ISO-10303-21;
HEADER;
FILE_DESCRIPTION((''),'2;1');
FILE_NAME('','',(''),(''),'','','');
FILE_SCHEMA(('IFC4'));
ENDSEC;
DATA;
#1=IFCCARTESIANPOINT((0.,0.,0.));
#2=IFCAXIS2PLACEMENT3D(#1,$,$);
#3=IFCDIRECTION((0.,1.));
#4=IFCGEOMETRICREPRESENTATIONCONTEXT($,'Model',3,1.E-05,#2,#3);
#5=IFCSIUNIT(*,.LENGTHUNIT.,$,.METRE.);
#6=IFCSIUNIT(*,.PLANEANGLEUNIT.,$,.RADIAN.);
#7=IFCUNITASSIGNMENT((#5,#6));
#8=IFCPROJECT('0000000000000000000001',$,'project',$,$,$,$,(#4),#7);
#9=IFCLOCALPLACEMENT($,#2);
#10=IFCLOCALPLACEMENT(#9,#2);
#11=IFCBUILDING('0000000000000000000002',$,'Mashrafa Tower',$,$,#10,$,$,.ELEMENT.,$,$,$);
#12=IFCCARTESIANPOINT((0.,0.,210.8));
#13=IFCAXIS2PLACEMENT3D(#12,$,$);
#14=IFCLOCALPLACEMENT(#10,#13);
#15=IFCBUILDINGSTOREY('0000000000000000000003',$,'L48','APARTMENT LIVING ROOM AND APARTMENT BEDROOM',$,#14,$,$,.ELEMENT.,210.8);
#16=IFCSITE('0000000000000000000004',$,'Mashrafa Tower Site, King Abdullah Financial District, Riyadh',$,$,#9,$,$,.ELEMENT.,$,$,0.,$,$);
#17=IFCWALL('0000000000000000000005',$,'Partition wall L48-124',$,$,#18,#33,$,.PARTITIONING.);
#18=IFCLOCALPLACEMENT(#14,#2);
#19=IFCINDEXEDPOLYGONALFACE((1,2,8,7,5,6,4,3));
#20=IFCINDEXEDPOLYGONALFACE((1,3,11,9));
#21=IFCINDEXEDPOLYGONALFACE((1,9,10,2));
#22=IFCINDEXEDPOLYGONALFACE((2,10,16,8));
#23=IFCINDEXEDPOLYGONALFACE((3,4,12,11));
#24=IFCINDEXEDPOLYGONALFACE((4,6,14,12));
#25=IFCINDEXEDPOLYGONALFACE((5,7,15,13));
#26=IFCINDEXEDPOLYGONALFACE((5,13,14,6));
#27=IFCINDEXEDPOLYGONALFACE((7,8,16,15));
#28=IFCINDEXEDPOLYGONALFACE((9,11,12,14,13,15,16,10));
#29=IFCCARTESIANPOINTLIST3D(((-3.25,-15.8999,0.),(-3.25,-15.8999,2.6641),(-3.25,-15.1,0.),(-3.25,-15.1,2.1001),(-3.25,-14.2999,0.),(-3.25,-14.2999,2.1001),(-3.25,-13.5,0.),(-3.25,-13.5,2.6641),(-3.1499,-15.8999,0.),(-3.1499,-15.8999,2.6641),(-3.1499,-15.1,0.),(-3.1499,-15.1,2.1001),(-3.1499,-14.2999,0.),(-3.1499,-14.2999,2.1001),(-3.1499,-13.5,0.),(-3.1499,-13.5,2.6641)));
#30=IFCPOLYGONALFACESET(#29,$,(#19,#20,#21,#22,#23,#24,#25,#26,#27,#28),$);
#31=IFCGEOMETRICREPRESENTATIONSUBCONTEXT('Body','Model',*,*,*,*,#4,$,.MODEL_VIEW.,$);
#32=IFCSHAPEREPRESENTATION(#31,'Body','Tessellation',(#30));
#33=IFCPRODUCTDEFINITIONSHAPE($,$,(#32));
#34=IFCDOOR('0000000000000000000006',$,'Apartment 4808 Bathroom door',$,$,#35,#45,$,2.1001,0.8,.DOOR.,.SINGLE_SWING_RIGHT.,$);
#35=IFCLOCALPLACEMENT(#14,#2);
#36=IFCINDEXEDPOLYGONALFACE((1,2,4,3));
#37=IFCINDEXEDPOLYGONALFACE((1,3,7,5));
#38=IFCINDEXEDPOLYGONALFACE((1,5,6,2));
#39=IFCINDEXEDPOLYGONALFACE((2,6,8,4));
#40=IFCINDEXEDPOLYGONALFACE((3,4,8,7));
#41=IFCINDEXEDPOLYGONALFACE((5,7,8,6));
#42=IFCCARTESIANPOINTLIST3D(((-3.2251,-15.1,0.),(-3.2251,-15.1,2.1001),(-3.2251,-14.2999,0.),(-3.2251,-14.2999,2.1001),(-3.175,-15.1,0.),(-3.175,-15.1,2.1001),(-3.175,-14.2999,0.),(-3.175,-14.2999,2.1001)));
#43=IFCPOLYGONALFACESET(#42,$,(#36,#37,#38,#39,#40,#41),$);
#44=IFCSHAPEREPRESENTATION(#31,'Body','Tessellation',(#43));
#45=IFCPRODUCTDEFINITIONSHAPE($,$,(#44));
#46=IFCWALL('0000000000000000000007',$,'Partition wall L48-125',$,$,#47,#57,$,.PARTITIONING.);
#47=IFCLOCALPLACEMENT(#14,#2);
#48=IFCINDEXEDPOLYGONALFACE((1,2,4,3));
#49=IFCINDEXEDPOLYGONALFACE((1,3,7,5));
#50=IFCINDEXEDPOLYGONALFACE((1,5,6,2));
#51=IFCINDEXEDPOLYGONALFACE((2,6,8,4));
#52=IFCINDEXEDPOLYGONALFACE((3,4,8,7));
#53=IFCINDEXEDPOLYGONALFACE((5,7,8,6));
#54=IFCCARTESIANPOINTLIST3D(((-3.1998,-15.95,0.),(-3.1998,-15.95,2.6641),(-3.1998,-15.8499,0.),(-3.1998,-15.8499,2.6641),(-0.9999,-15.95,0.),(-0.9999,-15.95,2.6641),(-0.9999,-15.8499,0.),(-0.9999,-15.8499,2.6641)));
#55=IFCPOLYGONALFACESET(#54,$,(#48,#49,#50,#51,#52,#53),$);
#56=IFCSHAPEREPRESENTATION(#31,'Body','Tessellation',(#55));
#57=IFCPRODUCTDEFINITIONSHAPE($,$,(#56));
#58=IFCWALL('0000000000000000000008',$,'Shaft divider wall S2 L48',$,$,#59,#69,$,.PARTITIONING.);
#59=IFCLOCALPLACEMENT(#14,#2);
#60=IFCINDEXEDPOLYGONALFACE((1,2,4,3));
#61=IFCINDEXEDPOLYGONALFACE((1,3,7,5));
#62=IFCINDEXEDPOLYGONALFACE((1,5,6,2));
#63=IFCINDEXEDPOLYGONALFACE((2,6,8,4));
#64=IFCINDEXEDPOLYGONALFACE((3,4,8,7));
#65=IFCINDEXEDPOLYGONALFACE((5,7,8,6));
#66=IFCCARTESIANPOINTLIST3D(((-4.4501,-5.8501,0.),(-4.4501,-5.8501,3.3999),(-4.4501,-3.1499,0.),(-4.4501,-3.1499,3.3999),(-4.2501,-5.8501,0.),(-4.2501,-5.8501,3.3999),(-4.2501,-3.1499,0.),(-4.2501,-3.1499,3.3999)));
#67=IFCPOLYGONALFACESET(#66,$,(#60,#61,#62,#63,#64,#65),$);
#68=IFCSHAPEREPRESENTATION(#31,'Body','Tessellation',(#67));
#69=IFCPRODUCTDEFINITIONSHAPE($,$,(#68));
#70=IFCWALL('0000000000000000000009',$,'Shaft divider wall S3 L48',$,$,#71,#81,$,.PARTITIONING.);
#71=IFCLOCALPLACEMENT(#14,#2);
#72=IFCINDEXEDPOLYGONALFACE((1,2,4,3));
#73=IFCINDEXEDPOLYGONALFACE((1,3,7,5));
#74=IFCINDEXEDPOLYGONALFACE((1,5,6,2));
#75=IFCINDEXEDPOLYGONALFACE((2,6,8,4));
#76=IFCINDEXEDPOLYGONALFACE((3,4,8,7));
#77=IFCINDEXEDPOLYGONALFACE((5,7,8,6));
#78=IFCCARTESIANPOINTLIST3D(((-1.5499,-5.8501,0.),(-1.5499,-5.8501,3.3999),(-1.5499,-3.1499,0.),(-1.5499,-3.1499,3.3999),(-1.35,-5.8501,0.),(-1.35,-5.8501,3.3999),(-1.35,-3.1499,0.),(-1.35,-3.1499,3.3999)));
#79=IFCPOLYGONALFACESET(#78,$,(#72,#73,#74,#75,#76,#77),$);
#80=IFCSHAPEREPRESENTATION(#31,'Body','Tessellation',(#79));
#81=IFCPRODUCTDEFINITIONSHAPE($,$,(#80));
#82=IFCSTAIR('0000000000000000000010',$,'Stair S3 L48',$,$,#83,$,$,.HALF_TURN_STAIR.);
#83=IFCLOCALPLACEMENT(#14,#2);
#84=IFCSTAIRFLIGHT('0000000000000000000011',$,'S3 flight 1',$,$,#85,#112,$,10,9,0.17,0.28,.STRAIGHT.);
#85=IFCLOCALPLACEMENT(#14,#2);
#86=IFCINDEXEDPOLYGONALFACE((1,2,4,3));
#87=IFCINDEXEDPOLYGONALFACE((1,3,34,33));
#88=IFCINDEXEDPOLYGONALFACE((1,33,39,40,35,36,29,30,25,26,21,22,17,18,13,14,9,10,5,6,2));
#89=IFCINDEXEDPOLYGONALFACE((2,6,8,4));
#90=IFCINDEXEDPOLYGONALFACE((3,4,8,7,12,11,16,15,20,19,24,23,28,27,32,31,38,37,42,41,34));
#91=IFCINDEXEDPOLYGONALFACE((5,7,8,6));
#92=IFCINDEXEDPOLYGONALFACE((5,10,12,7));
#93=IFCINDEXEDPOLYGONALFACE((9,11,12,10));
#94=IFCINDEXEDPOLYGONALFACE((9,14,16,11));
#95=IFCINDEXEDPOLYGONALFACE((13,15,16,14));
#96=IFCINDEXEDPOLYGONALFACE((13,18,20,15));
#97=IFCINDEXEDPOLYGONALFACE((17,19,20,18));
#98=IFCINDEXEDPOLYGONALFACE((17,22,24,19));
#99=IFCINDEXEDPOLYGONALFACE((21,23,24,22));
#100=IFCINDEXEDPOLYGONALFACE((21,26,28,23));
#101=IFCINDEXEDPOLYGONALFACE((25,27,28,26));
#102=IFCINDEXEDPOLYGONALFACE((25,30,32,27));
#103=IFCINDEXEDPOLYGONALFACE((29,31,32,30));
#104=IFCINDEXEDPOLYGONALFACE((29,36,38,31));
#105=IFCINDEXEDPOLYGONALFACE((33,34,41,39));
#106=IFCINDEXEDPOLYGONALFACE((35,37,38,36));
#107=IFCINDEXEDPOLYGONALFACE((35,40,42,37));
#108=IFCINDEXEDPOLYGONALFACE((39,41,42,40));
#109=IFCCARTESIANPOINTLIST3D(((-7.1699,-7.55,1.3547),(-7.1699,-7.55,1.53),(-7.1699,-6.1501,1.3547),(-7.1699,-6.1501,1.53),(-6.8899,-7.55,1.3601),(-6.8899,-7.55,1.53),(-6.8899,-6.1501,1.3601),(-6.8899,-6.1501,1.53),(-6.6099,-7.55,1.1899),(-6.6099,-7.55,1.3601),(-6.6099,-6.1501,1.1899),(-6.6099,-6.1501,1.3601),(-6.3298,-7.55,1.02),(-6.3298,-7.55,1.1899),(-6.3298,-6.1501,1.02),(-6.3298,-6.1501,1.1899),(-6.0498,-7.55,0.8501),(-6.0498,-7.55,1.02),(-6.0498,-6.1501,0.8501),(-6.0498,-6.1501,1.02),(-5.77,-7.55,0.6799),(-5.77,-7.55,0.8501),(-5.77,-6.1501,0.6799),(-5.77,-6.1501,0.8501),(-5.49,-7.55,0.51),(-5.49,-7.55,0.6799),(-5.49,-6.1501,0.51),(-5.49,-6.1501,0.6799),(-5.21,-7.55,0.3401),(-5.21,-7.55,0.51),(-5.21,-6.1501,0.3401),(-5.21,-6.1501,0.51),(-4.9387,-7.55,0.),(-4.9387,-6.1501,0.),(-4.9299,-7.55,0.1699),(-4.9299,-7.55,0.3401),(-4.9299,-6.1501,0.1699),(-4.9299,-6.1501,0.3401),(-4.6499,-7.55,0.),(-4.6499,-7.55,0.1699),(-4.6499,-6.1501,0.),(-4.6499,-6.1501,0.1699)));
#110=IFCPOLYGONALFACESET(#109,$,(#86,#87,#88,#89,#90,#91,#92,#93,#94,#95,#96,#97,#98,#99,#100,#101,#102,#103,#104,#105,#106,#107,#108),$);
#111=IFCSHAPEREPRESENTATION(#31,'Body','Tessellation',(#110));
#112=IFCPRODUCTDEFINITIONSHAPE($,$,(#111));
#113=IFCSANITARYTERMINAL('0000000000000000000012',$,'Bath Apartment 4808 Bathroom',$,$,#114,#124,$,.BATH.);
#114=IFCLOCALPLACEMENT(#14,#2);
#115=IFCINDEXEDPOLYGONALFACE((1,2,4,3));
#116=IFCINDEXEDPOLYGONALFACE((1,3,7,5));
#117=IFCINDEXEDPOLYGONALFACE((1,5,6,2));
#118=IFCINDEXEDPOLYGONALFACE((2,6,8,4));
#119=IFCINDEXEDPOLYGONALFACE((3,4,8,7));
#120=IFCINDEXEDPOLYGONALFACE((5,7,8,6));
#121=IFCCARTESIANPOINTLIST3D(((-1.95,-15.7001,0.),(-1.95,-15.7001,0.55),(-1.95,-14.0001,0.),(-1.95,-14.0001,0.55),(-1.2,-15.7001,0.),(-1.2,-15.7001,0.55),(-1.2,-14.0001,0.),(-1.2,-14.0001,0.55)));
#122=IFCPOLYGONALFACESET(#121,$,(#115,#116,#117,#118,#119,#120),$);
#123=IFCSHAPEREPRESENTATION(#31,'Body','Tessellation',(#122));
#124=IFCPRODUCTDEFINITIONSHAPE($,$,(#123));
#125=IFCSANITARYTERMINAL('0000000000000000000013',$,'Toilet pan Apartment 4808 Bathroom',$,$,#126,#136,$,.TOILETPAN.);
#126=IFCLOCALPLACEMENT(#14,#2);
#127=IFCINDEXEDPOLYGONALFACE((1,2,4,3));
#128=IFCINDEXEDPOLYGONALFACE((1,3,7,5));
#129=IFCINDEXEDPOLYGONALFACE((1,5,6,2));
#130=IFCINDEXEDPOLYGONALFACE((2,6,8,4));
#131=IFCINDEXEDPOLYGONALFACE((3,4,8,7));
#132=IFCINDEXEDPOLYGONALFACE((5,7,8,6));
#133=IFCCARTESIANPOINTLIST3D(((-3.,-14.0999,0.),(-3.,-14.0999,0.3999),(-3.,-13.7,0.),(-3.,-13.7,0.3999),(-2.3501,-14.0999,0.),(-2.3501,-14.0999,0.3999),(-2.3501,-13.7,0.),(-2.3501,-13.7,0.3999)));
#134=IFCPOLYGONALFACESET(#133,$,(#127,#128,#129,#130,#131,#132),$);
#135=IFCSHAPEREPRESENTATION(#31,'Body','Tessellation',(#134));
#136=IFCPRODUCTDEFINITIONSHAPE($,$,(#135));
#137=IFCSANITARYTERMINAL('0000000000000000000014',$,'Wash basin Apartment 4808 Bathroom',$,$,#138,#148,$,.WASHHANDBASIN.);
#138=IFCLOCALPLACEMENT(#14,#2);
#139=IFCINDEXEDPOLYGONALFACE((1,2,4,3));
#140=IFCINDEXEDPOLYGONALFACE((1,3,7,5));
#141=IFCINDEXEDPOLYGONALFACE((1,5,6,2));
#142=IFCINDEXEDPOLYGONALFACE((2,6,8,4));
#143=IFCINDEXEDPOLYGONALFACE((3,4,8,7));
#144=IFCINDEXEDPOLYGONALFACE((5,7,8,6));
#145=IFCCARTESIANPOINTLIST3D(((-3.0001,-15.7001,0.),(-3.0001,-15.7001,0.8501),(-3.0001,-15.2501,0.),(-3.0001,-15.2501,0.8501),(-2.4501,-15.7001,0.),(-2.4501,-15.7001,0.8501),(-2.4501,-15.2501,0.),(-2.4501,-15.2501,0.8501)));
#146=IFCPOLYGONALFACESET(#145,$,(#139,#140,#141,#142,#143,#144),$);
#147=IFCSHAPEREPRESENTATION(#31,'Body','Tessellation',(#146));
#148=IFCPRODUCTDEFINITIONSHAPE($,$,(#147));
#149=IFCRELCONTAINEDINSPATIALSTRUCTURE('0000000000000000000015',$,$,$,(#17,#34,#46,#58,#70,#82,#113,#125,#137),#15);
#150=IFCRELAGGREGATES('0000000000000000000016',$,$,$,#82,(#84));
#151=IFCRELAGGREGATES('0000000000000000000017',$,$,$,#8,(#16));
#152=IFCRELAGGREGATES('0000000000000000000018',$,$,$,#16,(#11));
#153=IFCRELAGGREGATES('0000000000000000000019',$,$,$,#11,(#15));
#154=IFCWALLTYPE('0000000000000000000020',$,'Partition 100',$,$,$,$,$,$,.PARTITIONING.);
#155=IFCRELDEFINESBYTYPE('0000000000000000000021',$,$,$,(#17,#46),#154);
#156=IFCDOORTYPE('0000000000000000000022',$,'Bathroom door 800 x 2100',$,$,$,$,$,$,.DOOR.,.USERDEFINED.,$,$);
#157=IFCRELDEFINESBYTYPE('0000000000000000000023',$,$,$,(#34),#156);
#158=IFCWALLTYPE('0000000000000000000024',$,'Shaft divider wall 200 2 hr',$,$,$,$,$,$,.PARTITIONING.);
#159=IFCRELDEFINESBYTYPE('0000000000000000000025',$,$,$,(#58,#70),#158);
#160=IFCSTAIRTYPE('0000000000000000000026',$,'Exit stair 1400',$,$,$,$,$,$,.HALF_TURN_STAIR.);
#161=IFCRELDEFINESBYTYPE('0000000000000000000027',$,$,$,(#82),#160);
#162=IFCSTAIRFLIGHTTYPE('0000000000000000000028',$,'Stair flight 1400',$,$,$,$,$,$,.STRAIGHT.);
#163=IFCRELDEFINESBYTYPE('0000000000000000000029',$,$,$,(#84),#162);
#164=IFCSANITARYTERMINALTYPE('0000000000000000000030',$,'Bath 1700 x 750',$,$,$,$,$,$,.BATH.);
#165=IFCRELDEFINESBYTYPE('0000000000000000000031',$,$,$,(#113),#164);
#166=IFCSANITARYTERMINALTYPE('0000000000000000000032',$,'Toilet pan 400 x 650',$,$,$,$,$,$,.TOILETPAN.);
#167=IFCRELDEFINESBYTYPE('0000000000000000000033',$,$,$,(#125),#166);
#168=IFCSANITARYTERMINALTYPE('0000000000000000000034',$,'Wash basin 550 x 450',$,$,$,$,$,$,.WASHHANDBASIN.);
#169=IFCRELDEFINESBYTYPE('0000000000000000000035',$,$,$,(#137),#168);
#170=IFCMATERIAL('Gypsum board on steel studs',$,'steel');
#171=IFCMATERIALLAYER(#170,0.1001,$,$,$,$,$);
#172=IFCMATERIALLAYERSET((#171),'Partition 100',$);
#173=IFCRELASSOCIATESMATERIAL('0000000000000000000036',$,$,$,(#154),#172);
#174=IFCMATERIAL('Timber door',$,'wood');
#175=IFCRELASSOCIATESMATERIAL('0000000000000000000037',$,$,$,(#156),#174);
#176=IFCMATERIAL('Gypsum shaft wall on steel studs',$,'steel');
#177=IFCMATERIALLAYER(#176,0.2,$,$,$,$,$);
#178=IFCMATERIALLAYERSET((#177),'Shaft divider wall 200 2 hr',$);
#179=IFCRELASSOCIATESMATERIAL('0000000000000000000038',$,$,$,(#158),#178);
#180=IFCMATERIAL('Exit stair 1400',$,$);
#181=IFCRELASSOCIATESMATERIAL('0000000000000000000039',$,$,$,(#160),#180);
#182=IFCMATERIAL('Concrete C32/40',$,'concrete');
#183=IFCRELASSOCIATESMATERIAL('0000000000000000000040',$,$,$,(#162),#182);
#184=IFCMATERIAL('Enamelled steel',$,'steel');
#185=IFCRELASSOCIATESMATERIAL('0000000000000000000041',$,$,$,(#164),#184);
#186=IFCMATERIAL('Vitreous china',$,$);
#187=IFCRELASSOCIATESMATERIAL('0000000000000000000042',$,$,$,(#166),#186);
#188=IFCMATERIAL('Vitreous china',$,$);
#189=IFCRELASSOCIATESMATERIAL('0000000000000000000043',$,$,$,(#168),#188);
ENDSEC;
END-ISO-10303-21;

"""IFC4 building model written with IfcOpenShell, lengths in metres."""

from ifc_helpers import new_model, si_unit, direction, frame, frame_2d, origin, origin_2d, place, context, subcontext, project, spatial, polyline, rectangle, outline, extrude, material, layer, layer_set, type_object, element, fill, aggregate, save


model = new_model("IFC4")

# Units and contexts
model_context = context("Model", 3, precision=1e-05, world=origin(), true_north=direction((0.0, 1.0)))
body_context = subcontext(model_context, "Body", "Model", "MODEL_VIEW")
ifc_project = project(units=[si_unit("LENGTHUNIT", "METRE"), si_unit("PLANEANGLEUNIT", "RADIAN")], contexts=[model_context])

# Site, building, storey
site_placement = place(None, origin())
site = spatial("IfcSite", under=ifc_project, at=site_placement, Name="Mashrafa Tower Site, King Abdullah Financial District, Riyadh", CompositionType="ELEMENT", RefElevation=0.0)
building_placement = place(site_placement, origin())
building = spatial("IfcBuilding", under=site, at=building_placement, Name="Mashrafa Tower", CompositionType="ELEMENT")
storey_placement = place(building_placement, frame((0.0, 0.0, 210.8)))
storey = spatial("IfcBuildingStorey", under=building, at=storey_placement, Name="L48", Description="APARTMENT LIVING ROOM AND APARTMENT BEDROOM", CompositionType="ELEMENT", Elevation=210.8)

# Shared definitions
ifc_material_1 = material(Name="Gypsum board on steel studs", Category="steel")
ifc_layer_1 = layer(ifc_material_1, 0.1001)
ifc_layer_set_1 = layer_set([ifc_layer_1], Name="Partition 100")
wall_type_1 = type_object("IfcWallType", Name="Partition 100", PredefinedType="PARTITIONING", material=ifc_layer_set_1)

# Wall, opening, door
wall_1_placement = place(storey_placement, frame((-3.2, -13.5, 0.0), z_axis=(0.0, 0.0, 1.0), x_axis=(0.0, -1.0, 0.0)))
wall_1 = element("IfcWall", 1, at=wall_1_placement, inside=storey, type_object=wall_type_1, Name="Partition wall L48-124", PredefinedType="PARTITIONING", context=body_context, shape_type="SweptSolid", body=[
    extrude(rectangle(XDim=2.3999, YDim=0.1001, at=frame_2d((1.2, 0.0))), origin(), (0.0, 0.0, 1.0), 2.6641),
])
opening_1_placement = place(wall_1_placement, frame((0.8, 0.0, 0.0)))
opening_1 = element("IfcOpeningElement", 2, at=opening_1_placement, cuts=wall_1, PredefinedType="OPENING", context=body_context, shape_type="SweptSolid", body=[
    extrude(rectangle(XDim=0.8, YDim=2.1001, at=frame_2d((0.3999, 1.05))), frame((0.0, 0.0601, 0.0), z_axis=(0.0, -1.0, 0.0), x_axis=(1.0, 0.0, 0.0)), (0.0, 0.0, 1.0), 0.1201),
])
ifc_material_2 = material(Name="Timber door", Category="wood")
door_type_1 = type_object("IfcDoorType", Name="Bathroom door 800 x 2100", OperationType="USERDEFINED", PredefinedType="DOOR", material=ifc_material_2)
door_1_placement = place(opening_1_placement, origin())
door_1 = element("IfcDoor", 3, at=door_1_placement, inside=storey, type_object=door_type_1, Name="Apartment 4808 Bathroom door", OperationType="SINGLE_SWING_RIGHT", OverallHeight=2.1001, OverallWidth=0.8, PredefinedType="DOOR", context=body_context, shape_type="SweptSolid", body=[
    extrude(rectangle(XDim=0.8, YDim=2.1001, at=frame_2d((0.3999, 1.05))), frame((0.0, 0.0249, 0.0), z_axis=(0.0, -1.0, 0.0), x_axis=(1.0, 0.0, 0.0)), (0.0, 0.0, 1.0), 0.05),
])
fill(opening_1, door_1)

# Walls
wall_2_placement = place(storey_placement, frame((-3.2, -15.8999, 0.0), z_axis=(0.0, 0.0, 1.0), x_axis=(1.0, 0.0, 0.0)))
element("IfcWall", 4, at=wall_2_placement, inside=storey, type_object=wall_type_1, Name="Partition wall L48-125", PredefinedType="PARTITIONING", context=body_context, shape_type="SweptSolid", body=[
    extrude(rectangle(XDim=2.2, YDim=0.1001, at=frame_2d((1.1001, 0.0))), origin(), (0.0, 0.0, 1.0), 2.6641),
])
ifc_material_3 = material(Name="Gypsum shaft wall on steel studs", Category="steel")
ifc_layer_2 = layer(ifc_material_3, 0.2)
ifc_layer_set_2 = layer_set([ifc_layer_2], Name="Shaft divider wall 200 2 hr")
wall_type_2 = type_object("IfcWallType", Name="Shaft divider wall 200 2 hr", PredefinedType="PARTITIONING", material=ifc_layer_set_2)
for number, where, z_axis, x_axis, name in (
    (5, (-4.3501, -5.8501, 0.0), (0.0, 0.0, 1.0), (0.0, 1.0, 0.0), "Shaft divider wall S2 L48"),
    (6, (-1.45, -5.8501, 0.0), (0.0, 0.0, 1.0), (0.0, 1.0, 0.0), "Shaft divider wall S3 L48"),
):
    element("IfcWall", number, at=place(storey_placement, frame(where, z_axis=z_axis, x_axis=x_axis)), inside=storey, type_object=wall_type_2, Name=name, PredefinedType="PARTITIONING", context=body_context, shape_type="SweptSolid", body=[
        extrude(rectangle(XDim=2.7002, YDim=0.2, at=frame_2d((1.3501, 0.0))), origin(), (0.0, 0.0, 1.0), 3.3999),
    ])

# Stair, stair flight
ifc_material_4 = material(Name="Exit stair 1400")
stair_type = type_object("IfcStairType", Name="Exit stair 1400", PredefinedType="HALF_TURN_STAIR", material=ifc_material_4)
stair_placement = place(storey_placement, origin())
stair = element("IfcStair", 7, at=stair_placement, inside=storey, type_object=stair_type, Name="Stair S3 L48", PredefinedType="HALF_TURN_STAIR")
ifc_material_5 = material(Name="Concrete C32/40", Category="concrete")
stair_flight_type = type_object("IfcStairFlightType", Name="Stair flight 1400", PredefinedType="STRAIGHT", material=ifc_material_5)
stair_flight_placement = place(storey_placement, frame((-4.6499, -6.8501, 0.0), z_axis=(0.0, 0.0, 1.0), x_axis=(-1.0, 0.0, 0.0)))
stair_flight = element("IfcStairFlight", 8, at=stair_flight_placement, type_object=stair_flight_type, Name="S3 flight 1", NumberOfRisers=10, NumberOfTreads=9, PredefinedType="STRAIGHT", RiserHeight=0.17, TreadLength=0.28, context=body_context, shape_type="SweptSolid", body=[
    extrude(outline(polyline([(0.0, 0.0), (0.0, 0.1699), (0.28, 0.1699), (0.28, 0.3401), (0.5601, 0.3401), (0.5601, 0.51), (0.8401, 0.51), (0.8401, 0.6799), (1.1201, 0.6799), (1.1201, 0.8501), (1.3999, 0.8501), (1.3999, 1.02), (1.6799, 1.02), (1.6799, 1.1899), (1.96, 1.1899), (1.96, 1.3601), (2.24, 1.3601), (2.24, 1.53), (2.52, 1.53), (2.52, 1.7), (2.52, 1.3547), (0.2888, 0.0), (0.0, 0.0)])), frame((0.0, 0.7, 0.0), z_axis=(0.0, -1.0, 0.0), x_axis=(1.0, 0.0, 0.0)), (0.0, 0.0, 1.0), 1.3999),
])
aggregate(stair, [stair_flight])

# Sanitary terminals
ifc_material_6 = material(Name="Enamelled steel", Category="steel")
sanitary_terminal_type_1 = type_object("IfcSanitaryTerminalType", Name="Bath 1700 x 750", PredefinedType="BATH", material=ifc_material_6)
sanitary_terminal_1_placement = place(storey_placement, frame((-1.575, -14.8501, 0.0), z_axis=(0.0, 0.0, 1.0), x_axis=(0.0, 1.0, 0.0)))
element("IfcSanitaryTerminal", 9, at=sanitary_terminal_1_placement, inside=storey, type_object=sanitary_terminal_type_1, Name="Bath Apartment 4808 Bathroom", PredefinedType="BATH", context=body_context, shape_type="SweptSolid", body=[
    extrude(rectangle(XDim=1.7, YDim=0.75, at=origin_2d()), origin(), (0.0, 0.0, 1.0), 0.55),
])
ifc_material_7 = material(Name="Vitreous china")
sanitary_terminal_type_2 = type_object("IfcSanitaryTerminalType", Name="Toilet pan 400 x 650", PredefinedType="TOILETPAN", material=ifc_material_7)
sanitary_terminal_2_placement = place(storey_placement, frame((-2.675, -13.8999, 0.0), z_axis=(0.0, 0.0, 1.0), x_axis=(0.0, -1.0, 0.0)))
element("IfcSanitaryTerminal", 10, at=sanitary_terminal_2_placement, inside=storey, type_object=sanitary_terminal_type_2, Name="Toilet pan Apartment 4808 Bathroom", PredefinedType="TOILETPAN", context=body_context, shape_type="SweptSolid", body=[
    extrude(rectangle(XDim=0.3999, YDim=0.6499, at=origin_2d()), origin(), (0.0, 0.0, 1.0), 0.3999),
])
ifc_material_8 = material(Name="Vitreous china")
sanitary_terminal_type_3 = type_object("IfcSanitaryTerminalType", Name="Wash basin 550 x 450", PredefinedType="WASHHANDBASIN", material=ifc_material_8)
sanitary_terminal_3_placement = place(storey_placement, frame((-2.7251, -15.4751, 0.0), z_axis=(0.0, 0.0, 1.0), x_axis=(1.0, 0.0, 0.0)))
element("IfcSanitaryTerminal", 11, at=sanitary_terminal_3_placement, inside=storey, type_object=sanitary_terminal_type_3, Name="Wash basin Apartment 4808 Bathroom", PredefinedType="WASHHANDBASIN", context=body_context, shape_type="SweptSolid", body=[
    extrude(rectangle(XDim=0.55, YDim=0.45, at=origin_2d()), origin(), (0.0, 0.0, 1.0), 0.8501),
])

save(model, "model.ifc")
